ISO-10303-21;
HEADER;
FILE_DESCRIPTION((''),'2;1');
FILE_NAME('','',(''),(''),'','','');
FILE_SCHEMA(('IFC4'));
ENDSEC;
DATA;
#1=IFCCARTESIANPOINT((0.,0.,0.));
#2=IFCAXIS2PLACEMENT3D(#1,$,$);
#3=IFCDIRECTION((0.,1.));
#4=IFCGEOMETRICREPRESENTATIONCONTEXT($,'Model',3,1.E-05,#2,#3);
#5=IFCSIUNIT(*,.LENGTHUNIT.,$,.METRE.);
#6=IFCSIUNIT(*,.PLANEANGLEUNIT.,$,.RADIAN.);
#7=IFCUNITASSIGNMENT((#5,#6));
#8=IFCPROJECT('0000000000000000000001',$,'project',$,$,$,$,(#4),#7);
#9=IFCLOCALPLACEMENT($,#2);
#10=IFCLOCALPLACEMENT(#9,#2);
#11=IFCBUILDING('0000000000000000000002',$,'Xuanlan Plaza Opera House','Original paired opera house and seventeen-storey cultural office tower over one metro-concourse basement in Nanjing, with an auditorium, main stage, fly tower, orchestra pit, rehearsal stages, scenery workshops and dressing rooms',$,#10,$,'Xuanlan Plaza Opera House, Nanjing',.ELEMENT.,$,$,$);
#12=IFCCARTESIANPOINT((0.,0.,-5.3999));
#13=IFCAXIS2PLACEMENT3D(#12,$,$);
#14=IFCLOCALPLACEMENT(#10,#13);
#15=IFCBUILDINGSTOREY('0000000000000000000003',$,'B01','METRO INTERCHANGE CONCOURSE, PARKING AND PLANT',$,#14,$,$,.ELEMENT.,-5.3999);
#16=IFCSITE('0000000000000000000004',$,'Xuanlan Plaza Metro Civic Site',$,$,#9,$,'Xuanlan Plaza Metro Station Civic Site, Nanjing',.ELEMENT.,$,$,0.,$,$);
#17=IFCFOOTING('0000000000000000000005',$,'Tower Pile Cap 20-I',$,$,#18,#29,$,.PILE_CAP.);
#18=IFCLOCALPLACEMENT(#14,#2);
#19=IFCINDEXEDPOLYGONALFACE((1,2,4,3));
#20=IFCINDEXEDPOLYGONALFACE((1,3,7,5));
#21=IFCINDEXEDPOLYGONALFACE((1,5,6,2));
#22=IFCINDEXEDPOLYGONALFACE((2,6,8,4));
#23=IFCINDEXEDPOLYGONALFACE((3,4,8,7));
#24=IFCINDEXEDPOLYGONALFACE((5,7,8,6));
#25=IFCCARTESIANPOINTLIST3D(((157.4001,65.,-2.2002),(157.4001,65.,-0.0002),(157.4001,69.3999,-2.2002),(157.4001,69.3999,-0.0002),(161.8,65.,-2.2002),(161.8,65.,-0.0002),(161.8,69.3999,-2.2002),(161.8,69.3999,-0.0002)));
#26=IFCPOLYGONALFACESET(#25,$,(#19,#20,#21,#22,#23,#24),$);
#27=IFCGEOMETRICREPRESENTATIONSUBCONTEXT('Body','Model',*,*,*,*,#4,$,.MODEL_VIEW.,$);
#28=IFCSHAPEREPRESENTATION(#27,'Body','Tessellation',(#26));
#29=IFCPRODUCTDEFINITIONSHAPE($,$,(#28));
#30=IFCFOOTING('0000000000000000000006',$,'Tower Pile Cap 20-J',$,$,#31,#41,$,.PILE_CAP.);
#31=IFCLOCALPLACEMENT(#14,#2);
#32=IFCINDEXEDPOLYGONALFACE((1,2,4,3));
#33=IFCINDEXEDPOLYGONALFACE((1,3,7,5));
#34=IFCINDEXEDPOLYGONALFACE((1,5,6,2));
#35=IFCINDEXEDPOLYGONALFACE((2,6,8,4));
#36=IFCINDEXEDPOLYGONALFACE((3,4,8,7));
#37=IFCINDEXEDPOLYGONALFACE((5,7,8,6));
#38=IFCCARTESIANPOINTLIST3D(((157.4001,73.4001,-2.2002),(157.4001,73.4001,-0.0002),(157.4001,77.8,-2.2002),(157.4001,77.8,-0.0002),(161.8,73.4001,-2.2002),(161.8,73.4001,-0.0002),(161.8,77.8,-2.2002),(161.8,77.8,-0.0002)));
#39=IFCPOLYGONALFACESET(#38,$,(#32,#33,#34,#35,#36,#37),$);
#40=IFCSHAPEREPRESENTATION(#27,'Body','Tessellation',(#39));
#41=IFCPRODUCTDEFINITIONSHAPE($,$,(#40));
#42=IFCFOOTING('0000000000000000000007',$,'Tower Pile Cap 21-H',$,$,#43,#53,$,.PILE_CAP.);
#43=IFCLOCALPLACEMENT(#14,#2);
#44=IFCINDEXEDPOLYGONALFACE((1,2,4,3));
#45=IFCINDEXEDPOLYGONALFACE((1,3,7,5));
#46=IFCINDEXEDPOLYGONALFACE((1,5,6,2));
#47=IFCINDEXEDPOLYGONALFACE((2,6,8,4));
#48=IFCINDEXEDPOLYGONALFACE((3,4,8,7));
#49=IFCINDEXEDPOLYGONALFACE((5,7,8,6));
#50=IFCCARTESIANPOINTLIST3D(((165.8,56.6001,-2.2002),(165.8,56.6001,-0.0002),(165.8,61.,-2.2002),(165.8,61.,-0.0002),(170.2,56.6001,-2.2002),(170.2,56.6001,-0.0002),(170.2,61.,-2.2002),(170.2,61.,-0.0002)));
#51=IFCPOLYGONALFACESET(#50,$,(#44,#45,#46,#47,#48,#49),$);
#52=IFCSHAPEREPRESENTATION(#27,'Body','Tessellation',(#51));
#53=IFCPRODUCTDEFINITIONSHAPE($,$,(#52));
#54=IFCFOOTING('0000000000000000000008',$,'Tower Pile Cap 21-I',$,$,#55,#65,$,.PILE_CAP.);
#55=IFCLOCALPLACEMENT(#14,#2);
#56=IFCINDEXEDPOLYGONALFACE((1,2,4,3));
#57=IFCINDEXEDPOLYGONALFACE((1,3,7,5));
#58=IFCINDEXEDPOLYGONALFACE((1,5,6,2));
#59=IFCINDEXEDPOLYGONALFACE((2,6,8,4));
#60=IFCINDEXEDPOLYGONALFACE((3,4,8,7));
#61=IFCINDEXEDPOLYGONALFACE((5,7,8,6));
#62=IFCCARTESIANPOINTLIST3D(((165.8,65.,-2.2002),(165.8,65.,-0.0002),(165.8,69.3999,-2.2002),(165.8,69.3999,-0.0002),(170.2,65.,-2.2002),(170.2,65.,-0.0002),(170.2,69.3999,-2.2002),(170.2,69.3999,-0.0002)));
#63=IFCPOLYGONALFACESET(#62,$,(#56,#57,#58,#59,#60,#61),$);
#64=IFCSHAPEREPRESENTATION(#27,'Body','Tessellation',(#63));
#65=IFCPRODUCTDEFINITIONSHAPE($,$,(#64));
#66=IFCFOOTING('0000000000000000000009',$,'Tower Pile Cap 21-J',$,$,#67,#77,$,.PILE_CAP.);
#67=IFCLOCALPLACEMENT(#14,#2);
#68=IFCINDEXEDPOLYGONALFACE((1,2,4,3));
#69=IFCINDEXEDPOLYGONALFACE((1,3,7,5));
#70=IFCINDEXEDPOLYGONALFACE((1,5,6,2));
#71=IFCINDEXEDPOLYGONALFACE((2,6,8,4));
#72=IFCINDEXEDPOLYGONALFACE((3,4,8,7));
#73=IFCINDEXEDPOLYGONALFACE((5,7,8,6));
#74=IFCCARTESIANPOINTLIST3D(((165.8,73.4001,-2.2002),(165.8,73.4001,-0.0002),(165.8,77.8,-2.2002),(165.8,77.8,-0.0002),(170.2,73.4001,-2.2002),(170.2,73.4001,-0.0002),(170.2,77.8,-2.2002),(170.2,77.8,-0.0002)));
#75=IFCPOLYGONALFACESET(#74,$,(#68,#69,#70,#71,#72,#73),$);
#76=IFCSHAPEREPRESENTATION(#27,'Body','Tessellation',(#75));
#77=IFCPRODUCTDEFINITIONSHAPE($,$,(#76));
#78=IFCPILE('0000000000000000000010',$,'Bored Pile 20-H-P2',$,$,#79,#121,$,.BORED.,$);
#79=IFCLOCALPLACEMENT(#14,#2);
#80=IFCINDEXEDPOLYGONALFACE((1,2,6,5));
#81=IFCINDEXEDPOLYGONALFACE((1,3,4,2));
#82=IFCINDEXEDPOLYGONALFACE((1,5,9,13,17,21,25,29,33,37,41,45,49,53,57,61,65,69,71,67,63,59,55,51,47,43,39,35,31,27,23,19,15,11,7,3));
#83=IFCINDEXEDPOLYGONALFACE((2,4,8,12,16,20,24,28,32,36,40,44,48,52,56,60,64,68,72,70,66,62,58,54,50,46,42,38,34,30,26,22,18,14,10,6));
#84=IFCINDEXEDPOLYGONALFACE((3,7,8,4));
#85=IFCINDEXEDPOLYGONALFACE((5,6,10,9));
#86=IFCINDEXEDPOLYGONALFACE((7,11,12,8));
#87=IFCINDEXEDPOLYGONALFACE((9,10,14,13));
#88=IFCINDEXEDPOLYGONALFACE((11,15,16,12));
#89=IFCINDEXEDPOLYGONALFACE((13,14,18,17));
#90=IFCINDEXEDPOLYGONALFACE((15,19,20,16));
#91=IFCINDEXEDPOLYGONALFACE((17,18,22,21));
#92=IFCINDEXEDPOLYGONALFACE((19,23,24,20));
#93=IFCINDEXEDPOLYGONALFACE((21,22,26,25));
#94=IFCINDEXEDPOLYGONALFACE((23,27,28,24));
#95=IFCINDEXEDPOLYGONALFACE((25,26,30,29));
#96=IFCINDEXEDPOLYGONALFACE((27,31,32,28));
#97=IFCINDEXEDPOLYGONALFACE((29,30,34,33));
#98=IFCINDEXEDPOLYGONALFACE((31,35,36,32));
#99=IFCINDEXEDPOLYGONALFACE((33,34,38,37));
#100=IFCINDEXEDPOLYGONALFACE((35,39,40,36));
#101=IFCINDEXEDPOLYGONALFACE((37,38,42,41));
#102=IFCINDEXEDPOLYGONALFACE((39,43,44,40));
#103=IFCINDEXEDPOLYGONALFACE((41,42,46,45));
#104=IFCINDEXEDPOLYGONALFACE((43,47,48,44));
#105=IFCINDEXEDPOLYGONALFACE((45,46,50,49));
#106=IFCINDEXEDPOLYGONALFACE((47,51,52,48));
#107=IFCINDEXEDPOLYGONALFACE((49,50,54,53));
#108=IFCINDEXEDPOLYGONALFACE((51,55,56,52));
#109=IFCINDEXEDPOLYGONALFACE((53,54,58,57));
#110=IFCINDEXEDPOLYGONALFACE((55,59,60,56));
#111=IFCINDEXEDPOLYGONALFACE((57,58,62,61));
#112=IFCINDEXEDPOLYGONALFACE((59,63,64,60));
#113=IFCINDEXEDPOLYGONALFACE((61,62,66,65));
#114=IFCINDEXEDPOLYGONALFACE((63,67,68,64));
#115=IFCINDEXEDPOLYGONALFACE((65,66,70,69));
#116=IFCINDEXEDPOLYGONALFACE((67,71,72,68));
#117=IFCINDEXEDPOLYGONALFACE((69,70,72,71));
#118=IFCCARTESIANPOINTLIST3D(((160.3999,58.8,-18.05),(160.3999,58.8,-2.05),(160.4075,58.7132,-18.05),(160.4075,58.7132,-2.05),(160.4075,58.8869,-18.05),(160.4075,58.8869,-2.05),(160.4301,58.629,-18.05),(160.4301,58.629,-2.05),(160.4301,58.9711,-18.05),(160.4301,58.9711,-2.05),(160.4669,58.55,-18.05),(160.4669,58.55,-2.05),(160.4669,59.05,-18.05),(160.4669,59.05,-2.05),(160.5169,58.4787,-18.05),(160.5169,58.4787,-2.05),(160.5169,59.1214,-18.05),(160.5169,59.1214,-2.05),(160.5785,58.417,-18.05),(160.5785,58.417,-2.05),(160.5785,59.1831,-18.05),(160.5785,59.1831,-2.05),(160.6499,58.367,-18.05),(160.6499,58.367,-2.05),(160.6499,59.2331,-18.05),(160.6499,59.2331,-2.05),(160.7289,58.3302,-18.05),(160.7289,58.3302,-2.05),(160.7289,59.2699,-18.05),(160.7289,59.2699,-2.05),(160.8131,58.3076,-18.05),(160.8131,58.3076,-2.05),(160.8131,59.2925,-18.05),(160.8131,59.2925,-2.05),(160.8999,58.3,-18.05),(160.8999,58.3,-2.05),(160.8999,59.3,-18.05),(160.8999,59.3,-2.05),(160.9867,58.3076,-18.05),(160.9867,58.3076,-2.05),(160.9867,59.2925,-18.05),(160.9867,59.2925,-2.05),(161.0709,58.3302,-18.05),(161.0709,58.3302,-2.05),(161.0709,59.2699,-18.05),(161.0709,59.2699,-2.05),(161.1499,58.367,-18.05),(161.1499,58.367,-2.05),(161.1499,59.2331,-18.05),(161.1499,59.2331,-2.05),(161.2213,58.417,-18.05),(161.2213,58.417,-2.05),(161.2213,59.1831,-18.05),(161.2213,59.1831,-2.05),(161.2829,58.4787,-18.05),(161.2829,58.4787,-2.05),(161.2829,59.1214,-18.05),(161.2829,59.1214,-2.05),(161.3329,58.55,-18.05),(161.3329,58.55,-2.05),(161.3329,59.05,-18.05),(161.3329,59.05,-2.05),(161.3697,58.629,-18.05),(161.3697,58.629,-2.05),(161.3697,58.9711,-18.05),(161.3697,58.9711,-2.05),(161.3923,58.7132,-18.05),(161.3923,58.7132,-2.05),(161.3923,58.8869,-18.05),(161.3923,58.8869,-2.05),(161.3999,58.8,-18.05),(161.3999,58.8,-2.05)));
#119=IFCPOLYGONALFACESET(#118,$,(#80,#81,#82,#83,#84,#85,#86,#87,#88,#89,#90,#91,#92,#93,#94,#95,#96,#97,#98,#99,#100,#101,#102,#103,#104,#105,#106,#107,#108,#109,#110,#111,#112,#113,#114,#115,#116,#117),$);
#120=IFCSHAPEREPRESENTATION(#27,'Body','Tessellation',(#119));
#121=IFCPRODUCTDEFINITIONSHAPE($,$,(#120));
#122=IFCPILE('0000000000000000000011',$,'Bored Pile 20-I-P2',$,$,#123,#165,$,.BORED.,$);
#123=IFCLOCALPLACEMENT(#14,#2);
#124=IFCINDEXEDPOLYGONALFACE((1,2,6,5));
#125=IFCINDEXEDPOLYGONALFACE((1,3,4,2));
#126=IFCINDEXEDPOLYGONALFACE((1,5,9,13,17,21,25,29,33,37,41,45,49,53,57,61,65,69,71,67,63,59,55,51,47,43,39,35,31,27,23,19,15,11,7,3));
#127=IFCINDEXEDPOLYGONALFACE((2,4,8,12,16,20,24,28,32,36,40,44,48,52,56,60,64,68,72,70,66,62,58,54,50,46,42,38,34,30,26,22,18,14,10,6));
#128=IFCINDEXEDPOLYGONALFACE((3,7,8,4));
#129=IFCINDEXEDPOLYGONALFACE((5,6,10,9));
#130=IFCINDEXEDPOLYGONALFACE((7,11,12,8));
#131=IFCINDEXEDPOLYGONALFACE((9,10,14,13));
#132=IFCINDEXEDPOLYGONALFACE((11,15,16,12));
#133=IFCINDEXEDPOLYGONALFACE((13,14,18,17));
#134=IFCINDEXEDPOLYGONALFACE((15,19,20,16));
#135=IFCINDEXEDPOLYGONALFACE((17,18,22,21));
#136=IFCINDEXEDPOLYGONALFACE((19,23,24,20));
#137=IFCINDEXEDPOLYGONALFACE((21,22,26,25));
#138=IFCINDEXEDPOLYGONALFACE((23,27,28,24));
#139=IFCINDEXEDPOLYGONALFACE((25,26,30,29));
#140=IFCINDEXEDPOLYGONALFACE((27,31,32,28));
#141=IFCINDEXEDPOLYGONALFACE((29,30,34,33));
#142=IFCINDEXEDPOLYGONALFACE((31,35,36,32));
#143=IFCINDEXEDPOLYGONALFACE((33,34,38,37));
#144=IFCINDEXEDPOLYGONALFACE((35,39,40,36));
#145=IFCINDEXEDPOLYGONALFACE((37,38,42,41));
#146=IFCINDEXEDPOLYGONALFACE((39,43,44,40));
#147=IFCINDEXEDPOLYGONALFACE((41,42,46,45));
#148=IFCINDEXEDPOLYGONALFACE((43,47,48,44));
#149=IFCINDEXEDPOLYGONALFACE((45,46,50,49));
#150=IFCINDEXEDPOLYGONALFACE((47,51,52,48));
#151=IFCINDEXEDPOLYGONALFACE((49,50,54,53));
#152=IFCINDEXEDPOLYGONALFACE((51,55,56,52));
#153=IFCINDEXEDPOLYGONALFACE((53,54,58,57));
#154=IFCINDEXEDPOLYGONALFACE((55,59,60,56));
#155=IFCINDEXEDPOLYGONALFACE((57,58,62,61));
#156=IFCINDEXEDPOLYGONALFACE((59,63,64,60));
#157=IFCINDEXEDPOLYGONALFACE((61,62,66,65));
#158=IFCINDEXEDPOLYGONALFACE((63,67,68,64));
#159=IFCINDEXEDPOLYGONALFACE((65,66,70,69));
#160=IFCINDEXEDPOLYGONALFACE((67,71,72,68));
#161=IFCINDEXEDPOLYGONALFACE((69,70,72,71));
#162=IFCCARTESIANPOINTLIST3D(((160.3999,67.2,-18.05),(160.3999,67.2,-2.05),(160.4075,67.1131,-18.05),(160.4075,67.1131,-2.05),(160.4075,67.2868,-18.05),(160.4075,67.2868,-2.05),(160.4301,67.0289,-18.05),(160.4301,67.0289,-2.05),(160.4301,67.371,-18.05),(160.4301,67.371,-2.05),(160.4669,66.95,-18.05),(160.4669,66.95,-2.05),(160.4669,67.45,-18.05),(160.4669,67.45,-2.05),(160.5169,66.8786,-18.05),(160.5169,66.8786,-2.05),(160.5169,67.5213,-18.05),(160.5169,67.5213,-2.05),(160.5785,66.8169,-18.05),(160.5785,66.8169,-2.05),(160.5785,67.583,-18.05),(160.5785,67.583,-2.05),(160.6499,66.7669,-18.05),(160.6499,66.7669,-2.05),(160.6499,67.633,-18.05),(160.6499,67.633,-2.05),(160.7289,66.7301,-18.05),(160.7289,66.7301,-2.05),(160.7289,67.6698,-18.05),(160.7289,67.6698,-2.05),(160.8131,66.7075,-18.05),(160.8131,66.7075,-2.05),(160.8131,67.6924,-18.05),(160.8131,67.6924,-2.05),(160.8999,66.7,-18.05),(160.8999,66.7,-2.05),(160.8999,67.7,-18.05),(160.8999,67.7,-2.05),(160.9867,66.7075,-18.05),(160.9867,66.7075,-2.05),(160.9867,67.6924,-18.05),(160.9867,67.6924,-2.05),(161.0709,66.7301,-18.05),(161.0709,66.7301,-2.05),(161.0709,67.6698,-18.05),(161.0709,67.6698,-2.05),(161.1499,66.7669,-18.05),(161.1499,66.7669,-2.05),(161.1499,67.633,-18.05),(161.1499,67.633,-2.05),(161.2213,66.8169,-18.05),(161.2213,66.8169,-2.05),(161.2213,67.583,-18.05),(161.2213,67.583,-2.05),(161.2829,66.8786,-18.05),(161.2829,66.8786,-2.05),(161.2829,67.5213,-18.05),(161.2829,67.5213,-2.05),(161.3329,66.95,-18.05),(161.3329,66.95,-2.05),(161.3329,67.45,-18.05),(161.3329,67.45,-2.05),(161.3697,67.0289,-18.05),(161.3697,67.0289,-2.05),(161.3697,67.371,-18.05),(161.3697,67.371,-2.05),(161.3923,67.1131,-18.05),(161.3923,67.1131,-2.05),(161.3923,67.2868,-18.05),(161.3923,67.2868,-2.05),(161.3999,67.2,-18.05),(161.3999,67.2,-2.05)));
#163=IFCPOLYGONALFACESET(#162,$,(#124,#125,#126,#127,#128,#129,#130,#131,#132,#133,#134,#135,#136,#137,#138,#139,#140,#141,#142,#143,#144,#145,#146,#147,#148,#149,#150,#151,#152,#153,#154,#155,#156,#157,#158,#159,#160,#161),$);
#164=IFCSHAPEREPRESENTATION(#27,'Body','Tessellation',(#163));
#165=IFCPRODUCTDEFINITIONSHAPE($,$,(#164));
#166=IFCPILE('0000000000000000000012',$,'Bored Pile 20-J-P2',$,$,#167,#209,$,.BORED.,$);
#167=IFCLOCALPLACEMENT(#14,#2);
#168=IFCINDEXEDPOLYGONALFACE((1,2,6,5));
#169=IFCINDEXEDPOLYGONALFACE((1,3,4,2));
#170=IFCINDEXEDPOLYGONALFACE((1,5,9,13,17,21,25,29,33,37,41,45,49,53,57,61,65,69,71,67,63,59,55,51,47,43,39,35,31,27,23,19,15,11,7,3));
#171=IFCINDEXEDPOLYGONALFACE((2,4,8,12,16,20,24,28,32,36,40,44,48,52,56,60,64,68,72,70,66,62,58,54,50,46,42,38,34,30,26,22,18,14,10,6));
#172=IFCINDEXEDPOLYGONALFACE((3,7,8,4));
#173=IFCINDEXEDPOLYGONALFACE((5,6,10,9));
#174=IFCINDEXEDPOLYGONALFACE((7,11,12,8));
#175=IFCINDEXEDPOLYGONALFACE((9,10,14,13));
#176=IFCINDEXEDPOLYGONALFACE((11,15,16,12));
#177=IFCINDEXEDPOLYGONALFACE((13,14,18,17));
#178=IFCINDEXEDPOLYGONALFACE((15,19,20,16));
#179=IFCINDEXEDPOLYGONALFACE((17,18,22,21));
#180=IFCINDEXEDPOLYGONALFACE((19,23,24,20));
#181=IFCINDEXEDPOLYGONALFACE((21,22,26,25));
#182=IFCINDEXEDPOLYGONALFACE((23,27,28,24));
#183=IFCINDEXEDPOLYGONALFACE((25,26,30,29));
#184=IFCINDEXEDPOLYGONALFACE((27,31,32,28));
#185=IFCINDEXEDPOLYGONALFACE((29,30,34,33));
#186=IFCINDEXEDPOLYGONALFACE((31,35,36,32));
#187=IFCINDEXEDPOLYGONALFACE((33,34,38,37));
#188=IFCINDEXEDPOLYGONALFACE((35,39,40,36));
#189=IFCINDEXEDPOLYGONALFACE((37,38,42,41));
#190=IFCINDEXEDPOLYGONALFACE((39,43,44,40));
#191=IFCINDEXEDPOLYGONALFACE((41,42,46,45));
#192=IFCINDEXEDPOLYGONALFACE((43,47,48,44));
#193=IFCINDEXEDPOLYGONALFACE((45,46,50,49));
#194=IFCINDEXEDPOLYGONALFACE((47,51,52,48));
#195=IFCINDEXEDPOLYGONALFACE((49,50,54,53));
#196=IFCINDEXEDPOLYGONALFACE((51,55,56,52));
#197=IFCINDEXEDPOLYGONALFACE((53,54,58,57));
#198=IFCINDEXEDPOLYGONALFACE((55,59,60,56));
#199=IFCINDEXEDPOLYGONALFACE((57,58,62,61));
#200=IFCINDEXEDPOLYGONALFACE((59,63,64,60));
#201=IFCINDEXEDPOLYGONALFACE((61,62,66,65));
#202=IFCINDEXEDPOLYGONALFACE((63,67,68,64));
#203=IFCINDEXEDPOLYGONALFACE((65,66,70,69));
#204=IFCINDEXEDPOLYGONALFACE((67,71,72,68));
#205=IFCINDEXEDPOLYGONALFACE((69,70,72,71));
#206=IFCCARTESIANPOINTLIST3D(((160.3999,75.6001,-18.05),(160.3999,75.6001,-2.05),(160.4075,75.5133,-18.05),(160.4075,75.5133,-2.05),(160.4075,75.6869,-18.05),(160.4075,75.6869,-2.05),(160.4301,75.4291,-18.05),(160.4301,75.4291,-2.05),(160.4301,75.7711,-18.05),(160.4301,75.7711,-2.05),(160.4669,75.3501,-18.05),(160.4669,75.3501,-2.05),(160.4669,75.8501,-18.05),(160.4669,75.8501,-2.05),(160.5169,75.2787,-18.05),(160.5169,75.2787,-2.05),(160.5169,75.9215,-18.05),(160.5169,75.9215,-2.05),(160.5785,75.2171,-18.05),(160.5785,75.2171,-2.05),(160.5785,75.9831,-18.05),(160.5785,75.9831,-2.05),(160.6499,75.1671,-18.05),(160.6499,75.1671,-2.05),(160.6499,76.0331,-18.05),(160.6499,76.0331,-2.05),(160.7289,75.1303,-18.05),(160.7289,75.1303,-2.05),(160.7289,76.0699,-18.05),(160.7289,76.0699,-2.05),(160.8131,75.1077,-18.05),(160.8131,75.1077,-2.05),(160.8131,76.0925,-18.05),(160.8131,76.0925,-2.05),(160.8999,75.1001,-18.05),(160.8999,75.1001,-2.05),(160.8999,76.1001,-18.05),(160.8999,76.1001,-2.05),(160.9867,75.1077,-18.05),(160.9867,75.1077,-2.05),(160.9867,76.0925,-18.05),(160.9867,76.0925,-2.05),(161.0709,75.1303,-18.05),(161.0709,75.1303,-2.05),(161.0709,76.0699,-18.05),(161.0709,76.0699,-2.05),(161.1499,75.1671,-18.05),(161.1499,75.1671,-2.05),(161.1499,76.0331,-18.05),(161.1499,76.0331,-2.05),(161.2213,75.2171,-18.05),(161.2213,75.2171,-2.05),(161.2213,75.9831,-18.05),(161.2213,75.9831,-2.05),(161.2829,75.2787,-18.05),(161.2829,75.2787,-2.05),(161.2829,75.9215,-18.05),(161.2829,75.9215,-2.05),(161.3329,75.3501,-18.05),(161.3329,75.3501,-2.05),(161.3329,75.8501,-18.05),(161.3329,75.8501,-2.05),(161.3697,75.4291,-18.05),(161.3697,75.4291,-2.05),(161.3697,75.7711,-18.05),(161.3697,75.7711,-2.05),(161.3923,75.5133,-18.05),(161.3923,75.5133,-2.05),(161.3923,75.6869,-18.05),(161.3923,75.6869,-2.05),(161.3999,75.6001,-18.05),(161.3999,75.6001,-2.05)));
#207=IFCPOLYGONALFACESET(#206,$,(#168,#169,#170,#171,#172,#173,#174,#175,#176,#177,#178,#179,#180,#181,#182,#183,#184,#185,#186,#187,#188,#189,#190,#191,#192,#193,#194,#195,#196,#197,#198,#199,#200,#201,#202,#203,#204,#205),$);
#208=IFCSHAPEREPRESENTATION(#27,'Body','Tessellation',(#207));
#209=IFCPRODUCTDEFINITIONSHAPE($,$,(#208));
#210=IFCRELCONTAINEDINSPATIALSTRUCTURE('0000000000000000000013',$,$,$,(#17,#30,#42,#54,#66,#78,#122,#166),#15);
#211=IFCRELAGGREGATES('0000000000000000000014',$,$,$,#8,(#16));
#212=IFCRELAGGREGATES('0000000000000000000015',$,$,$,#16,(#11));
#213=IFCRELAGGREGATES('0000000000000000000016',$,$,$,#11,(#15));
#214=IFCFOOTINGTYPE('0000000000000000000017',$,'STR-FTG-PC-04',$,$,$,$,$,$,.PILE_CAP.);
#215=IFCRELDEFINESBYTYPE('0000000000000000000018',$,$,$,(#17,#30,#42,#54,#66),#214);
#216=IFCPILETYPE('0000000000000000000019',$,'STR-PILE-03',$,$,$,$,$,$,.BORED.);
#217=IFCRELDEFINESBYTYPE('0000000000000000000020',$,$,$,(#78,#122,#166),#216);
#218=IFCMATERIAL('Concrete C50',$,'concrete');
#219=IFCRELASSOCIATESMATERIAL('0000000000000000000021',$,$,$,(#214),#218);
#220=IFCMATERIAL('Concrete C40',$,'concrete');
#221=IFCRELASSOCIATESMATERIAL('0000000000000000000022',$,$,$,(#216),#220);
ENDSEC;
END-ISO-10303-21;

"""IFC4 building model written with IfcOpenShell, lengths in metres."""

from ifc_helpers import new_model, si_unit, direction, frame, origin, origin_2d, place, context, subcontext, project, spatial, rectangle, circle, extrude, material, material_profile, profile_set, type_object, element, save


model = new_model("IFC4")

# Units and contexts
model_context = context("Model", 3, precision=1e-05, world=origin(), true_north=direction((0.0, 1.0)))
body_context = subcontext(model_context, "Body", "Model", "MODEL_VIEW")
ifc_project = project(units=[si_unit("LENGTHUNIT", "METRE"), si_unit("PLANEANGLEUNIT", "RADIAN")], contexts=[model_context])

# Site, building, storey
site_placement = place(None, origin())
site = spatial("IfcSite", under=ifc_project, at=site_placement, Name="Xuanlan Plaza Metro Civic Site", LongName="Xuanlan Plaza Metro Station Civic Site, Nanjing", CompositionType="ELEMENT", RefElevation=0.0)
building_placement = place(site_placement, origin())
building = spatial("IfcBuilding", under=site, at=building_placement, Name="Xuanlan Plaza Opera House", Description="Original paired opera house and seventeen-storey cultural office tower over one metro-concourse basement in Nanjing, with an auditorium, main stage, fly tower, orchestra pit, rehearsal stages, scenery workshops and dressing rooms", LongName="Xuanlan Plaza Opera House, Nanjing", CompositionType="ELEMENT")
storey_placement = place(building_placement, frame((0.0, 0.0, -5.3999)))
storey = spatial("IfcBuildingStorey", under=building, at=storey_placement, Name="B01", Description="METRO INTERCHANGE CONCOURSE, PARKING AND PLANT", CompositionType="ELEMENT", Elevation=-5.3999)

# Footings
ifc_material_1 = material(Name="Concrete C50", Category="concrete")
footing_type = type_object("IfcFootingType", Name="STR-FTG-PC-04", PredefinedType="PILE_CAP", material=ifc_material_1)
for number, where, z_axis, x_axis, name in (
    (1, (159.6001, 67.2, -2.2002), (0.0, 0.0, 1.0), (1.0, 0.0, 0.0), "Tower Pile Cap 20-I"),
    (2, (159.6001, 75.6001, -2.2002), (0.0, 0.0, 1.0), (1.0, 0.0, 0.0), "Tower Pile Cap 20-J"),
    (3, (168.0, 58.8, -2.2002), (0.0, 0.0, 1.0), (1.0, 0.0, 0.0), "Tower Pile Cap 21-H"),
    (4, (168.0, 67.2, -2.2002), (0.0, 0.0, 1.0), (1.0, 0.0, 0.0), "Tower Pile Cap 21-I"),
    (5, (168.0, 75.6001, -2.2002), (0.0, 0.0, 1.0), (1.0, 0.0, 0.0), "Tower Pile Cap 21-J"),
):
    element("IfcFooting", number, at=place(storey_placement, frame(where, z_axis=z_axis, x_axis=x_axis)), inside=storey, type_object=footing_type, Name=name, PredefinedType="PILE_CAP", context=body_context, shape_type="SweptSolid", body=[
        extrude(rectangle(XDim=4.3999, YDim=4.3999, at=origin_2d()), origin(), (0.0, 0.0, 1.0), 2.2),
    ])

# Piles
ifc_material_2 = material(Name="Concrete C40", Category="concrete")
ifc_material_profile_1 = material_profile(ifc_material_2, circle(Radius=0.5, at=origin_2d()), Name="PILE D1000")
ifc_profile_set_1 = profile_set([ifc_material_profile_1], Name="Concrete C40")
pile_type = type_object("IfcPileType", Name="STR-PILE-03", PredefinedType="BORED", material=ifc_profile_set_1)
for number, where, z_axis, x_axis, name in (
    (6, (160.8999, 58.8, -2.05), (0.0, 0.0, -1.0), (1.0, 0.0, 0.0), "Bored Pile 20-H-P2"),
    (7, (160.8999, 67.2, -2.05), (0.0, 0.0, -1.0), (1.0, 0.0, 0.0), "Bored Pile 20-I-P2"),
    (8, (160.8999, 75.6001, -2.05), (0.0, 0.0, -1.0), (1.0, 0.0, 0.0), "Bored Pile 20-J-P2"),
):
    element("IfcPile", number, at=place(storey_placement, frame(where, z_axis=z_axis, x_axis=x_axis)), inside=storey, type_object=pile_type, Name=name, PredefinedType="BORED", context=body_context, shape_type="SweptSolid", body=[
        extrude(circle(Radius=0.5, at=origin_2d()), origin(), (0.0, 0.0, 1.0), 16.0),
    ])

save(model, "model.ifc")
